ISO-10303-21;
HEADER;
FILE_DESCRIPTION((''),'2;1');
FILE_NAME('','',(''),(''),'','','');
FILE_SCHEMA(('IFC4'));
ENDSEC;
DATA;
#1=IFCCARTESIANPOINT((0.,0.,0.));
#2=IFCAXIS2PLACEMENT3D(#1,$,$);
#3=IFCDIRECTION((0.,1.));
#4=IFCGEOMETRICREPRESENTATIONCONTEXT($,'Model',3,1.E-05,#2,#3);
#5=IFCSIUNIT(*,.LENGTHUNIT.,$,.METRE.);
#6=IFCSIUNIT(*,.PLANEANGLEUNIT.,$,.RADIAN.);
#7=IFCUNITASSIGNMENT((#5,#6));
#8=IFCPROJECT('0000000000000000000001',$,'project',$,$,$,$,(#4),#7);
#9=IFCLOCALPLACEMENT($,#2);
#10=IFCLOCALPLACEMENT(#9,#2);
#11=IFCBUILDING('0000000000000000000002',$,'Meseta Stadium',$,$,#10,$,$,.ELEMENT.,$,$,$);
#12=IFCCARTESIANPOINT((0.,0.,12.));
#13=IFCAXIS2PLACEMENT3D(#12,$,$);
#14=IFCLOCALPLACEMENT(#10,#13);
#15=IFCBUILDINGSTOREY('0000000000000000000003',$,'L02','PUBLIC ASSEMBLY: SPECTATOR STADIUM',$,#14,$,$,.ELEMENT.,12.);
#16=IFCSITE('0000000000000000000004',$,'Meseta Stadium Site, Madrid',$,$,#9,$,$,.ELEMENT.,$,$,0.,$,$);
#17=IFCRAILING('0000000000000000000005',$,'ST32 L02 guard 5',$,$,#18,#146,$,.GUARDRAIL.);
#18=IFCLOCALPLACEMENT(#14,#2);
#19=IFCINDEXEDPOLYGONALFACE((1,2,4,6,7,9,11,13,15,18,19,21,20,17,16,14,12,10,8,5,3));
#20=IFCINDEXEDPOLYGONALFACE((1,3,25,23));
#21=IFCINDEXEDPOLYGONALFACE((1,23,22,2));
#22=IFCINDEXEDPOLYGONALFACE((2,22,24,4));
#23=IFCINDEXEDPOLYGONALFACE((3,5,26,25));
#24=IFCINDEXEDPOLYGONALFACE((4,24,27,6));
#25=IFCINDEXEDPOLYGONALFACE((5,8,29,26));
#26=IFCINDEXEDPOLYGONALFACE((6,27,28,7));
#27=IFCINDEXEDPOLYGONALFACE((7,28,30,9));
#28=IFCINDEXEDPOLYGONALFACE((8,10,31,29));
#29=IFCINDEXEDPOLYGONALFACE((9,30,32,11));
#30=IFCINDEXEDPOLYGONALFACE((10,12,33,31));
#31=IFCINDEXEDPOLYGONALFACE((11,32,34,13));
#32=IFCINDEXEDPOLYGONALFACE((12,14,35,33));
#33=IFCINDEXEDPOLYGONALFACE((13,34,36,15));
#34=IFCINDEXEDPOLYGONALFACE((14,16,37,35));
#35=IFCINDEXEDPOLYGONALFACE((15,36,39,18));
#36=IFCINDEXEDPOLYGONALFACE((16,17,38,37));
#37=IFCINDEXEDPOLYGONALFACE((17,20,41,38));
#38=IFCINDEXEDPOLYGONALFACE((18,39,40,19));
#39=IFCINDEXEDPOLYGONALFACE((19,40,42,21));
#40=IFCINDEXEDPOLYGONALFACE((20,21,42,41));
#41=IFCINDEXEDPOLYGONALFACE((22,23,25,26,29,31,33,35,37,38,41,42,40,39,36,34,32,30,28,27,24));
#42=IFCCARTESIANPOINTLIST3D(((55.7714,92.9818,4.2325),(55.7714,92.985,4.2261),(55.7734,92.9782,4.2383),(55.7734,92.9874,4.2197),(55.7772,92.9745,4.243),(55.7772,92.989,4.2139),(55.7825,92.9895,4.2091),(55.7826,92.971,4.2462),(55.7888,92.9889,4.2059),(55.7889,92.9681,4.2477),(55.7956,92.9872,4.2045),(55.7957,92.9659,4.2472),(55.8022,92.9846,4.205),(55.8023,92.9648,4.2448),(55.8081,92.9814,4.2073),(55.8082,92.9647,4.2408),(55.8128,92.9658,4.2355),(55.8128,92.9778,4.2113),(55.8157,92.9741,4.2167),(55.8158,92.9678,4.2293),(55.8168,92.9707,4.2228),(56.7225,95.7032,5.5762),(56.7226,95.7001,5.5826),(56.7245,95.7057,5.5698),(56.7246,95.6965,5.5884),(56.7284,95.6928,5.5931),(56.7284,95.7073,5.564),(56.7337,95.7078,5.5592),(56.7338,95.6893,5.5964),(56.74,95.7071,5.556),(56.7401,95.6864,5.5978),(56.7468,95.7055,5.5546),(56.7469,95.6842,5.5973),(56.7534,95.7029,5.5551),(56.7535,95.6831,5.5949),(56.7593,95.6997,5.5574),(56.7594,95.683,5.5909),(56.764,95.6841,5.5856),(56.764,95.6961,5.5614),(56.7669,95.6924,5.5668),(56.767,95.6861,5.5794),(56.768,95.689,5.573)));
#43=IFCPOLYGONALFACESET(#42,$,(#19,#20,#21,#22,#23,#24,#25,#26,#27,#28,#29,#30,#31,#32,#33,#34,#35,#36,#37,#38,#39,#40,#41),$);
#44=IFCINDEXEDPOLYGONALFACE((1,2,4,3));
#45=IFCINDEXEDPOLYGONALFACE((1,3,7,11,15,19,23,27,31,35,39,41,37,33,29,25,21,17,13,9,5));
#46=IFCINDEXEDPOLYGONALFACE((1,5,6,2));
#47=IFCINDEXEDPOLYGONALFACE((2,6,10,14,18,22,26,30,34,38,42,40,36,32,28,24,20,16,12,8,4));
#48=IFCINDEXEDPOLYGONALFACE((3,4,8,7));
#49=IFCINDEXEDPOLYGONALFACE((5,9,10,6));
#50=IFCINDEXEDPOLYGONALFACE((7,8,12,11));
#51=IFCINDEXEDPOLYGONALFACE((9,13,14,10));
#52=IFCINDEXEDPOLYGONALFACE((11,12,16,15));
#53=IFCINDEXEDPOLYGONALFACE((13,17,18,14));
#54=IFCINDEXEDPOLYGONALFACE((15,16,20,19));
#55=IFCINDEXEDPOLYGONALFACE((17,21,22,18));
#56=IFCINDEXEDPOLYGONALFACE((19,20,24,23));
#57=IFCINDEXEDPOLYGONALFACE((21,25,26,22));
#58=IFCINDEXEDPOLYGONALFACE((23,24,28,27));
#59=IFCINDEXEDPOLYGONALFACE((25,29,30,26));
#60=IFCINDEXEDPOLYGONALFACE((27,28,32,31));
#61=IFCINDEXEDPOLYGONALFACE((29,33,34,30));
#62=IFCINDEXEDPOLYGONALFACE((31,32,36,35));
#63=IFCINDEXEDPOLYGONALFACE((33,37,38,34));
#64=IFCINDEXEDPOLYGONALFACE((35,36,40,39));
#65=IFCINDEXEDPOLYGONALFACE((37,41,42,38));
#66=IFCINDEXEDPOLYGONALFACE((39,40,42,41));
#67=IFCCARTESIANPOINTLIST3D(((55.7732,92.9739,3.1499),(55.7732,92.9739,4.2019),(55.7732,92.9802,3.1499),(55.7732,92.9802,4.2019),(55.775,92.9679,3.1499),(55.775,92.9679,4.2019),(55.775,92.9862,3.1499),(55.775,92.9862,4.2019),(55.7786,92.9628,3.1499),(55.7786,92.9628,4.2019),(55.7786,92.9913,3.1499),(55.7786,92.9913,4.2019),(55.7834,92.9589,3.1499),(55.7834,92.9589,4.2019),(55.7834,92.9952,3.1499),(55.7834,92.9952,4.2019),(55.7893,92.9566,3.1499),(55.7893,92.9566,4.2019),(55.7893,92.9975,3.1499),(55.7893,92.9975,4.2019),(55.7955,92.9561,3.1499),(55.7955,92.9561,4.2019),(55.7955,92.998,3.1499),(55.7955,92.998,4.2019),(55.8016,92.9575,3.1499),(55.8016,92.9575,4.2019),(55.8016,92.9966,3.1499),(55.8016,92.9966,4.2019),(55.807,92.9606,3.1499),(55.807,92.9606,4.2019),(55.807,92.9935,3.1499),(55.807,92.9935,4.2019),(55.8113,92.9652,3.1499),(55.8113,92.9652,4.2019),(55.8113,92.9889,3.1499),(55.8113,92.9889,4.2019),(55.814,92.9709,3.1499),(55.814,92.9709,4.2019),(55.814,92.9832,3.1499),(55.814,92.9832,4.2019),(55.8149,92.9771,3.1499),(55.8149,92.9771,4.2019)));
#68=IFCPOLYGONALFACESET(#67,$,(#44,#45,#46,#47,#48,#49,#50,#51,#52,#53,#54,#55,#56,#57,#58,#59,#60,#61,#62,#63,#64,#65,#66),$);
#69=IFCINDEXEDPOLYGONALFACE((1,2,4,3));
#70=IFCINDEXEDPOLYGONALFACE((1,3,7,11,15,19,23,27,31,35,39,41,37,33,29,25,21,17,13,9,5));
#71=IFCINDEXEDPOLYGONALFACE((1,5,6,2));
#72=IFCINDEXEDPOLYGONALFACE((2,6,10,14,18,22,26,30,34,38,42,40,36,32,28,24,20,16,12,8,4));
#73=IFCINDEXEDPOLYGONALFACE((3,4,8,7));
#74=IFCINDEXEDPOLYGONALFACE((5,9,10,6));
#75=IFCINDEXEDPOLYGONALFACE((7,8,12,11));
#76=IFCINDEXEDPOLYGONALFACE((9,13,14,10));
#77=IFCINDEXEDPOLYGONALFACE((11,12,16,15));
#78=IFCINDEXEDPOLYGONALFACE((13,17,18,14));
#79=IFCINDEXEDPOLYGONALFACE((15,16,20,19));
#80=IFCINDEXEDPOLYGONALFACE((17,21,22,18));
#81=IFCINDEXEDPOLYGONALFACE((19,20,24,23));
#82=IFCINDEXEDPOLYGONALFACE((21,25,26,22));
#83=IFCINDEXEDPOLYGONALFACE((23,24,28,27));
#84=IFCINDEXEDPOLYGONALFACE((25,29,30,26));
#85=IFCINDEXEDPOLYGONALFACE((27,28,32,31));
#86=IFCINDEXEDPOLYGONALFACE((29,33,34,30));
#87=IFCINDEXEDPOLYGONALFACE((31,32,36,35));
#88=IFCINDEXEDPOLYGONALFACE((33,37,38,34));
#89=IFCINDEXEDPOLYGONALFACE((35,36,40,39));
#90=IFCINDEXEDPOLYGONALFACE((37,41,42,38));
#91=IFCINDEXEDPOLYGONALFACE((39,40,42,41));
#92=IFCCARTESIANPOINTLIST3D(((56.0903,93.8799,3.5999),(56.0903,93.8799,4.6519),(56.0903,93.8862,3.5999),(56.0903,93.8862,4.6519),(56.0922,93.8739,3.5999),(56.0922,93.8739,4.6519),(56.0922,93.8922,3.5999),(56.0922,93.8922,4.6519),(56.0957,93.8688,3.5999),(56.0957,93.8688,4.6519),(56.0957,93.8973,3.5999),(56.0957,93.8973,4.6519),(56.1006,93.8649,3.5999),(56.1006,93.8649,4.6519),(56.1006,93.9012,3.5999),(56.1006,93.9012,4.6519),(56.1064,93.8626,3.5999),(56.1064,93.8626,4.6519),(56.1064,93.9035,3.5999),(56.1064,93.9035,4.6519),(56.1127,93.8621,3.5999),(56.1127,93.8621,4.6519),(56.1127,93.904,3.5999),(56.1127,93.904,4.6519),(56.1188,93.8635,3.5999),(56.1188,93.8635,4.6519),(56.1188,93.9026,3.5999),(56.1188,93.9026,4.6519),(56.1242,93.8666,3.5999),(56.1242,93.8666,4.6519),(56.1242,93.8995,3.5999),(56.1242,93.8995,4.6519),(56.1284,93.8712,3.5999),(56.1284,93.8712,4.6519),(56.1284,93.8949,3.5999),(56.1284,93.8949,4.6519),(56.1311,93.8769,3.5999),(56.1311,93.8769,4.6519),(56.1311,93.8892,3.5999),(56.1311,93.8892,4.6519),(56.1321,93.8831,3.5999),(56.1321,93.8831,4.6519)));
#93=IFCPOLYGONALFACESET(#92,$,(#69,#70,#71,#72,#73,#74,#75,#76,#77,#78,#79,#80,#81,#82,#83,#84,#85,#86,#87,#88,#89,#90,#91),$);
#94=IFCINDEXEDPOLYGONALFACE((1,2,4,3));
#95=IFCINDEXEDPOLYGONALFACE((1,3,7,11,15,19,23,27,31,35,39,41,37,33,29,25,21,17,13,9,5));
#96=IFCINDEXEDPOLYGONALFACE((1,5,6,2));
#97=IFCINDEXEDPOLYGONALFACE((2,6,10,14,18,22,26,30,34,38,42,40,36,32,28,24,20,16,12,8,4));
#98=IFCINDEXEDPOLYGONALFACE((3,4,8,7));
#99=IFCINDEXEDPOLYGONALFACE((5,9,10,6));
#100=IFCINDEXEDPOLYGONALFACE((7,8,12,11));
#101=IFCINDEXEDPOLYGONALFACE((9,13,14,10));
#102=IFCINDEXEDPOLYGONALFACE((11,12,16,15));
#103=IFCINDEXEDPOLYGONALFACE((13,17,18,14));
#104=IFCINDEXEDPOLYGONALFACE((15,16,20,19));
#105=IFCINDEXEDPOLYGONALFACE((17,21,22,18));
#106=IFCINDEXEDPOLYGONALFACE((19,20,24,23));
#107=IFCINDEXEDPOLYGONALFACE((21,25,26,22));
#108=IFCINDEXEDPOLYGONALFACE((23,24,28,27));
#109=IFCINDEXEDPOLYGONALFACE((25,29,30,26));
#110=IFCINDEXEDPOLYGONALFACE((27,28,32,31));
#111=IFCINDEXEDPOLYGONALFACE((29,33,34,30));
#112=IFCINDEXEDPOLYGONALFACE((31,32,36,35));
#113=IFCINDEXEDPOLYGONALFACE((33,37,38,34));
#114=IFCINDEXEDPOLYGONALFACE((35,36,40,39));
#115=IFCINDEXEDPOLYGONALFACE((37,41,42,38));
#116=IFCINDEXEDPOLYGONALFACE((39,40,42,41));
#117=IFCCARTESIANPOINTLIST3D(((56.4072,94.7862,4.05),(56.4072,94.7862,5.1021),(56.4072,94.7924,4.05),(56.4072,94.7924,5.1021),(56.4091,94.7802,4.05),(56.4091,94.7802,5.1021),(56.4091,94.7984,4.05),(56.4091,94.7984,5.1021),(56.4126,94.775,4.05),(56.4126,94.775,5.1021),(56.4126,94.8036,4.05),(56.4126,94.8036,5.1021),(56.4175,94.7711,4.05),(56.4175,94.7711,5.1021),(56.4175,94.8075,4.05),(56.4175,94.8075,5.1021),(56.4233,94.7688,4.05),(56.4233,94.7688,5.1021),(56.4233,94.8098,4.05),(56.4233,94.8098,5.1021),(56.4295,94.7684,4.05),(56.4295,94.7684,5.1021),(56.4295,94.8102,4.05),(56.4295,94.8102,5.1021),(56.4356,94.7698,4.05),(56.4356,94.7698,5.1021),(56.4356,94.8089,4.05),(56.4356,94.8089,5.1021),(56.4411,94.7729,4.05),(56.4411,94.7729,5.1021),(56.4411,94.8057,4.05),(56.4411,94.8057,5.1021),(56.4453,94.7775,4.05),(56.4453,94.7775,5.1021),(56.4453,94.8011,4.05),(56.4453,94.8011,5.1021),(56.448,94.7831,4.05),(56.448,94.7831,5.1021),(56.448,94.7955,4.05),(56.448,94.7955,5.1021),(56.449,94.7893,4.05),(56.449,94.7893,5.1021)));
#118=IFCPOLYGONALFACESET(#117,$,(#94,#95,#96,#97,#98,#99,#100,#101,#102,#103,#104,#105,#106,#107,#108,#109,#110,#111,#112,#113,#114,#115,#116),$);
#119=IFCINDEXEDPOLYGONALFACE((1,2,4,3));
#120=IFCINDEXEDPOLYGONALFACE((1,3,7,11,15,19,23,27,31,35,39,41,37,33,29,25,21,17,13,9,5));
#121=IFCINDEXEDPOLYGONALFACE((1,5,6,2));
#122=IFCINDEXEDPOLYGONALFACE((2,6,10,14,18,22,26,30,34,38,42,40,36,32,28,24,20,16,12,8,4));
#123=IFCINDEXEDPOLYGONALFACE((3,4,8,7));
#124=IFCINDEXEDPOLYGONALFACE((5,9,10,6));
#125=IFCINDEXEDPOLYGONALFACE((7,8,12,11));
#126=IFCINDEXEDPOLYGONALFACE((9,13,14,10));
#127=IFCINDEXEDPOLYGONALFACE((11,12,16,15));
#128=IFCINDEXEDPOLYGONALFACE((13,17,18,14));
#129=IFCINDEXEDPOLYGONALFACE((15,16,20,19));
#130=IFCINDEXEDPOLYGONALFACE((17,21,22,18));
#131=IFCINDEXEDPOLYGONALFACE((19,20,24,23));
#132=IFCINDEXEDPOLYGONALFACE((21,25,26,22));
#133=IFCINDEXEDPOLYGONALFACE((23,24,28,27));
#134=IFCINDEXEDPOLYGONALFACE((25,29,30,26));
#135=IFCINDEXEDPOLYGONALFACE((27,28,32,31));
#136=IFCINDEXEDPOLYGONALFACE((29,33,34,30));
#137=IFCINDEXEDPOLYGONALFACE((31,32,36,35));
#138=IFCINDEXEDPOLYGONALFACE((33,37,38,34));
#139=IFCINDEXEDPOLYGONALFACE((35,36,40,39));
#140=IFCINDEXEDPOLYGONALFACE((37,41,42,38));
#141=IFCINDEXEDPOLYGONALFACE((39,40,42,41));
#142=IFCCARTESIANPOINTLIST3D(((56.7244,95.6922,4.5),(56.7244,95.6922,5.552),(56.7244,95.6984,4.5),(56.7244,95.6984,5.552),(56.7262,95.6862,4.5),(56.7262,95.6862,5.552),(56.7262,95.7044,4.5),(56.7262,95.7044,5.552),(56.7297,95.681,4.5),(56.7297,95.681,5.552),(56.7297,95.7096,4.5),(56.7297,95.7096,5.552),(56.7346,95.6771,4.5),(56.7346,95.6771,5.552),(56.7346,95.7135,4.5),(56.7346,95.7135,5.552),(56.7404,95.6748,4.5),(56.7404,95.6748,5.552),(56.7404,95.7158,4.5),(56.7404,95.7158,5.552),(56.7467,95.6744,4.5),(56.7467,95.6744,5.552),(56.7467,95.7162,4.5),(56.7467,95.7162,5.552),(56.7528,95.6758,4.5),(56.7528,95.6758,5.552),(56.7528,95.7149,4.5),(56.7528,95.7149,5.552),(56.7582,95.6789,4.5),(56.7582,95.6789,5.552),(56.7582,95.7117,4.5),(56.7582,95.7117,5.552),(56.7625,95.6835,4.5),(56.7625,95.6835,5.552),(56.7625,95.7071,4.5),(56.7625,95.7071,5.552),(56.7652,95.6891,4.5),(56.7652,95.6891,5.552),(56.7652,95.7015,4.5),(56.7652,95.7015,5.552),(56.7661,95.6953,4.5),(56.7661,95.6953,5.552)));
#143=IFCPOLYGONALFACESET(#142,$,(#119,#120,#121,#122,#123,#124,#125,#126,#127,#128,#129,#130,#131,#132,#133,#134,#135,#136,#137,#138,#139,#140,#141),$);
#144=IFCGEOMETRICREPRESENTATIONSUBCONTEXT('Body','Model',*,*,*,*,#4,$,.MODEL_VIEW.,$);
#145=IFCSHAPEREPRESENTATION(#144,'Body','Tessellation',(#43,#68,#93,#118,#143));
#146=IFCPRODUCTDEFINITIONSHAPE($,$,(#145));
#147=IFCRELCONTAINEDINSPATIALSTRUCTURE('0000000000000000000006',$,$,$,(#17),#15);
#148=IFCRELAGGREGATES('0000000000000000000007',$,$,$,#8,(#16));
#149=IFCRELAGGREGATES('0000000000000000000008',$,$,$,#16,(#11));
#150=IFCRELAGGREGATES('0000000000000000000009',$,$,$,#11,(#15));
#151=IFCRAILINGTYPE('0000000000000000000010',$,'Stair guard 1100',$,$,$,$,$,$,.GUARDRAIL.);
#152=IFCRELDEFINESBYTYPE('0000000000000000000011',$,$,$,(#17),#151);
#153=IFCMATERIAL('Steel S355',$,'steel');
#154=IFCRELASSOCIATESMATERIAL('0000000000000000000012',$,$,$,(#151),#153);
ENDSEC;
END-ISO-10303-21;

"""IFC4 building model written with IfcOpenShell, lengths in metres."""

from ifc_helpers import new_model, si_unit, direction, frame, origin, origin_2d, place, context, subcontext, project, spatial, circle, extrude, material, type_object, element, save


model = new_model("IFC4")

# Units and contexts
model_context = context("Model", 3, precision=1e-05, world=origin(), true_north=direction((0.0, 1.0)))
body_context = subcontext(model_context, "Body", "Model", "MODEL_VIEW")
ifc_project = project(units=[si_unit("LENGTHUNIT", "METRE"), si_unit("PLANEANGLEUNIT", "RADIAN")], contexts=[model_context])

# Site, building, storey
site_placement = place(None, origin())
site = spatial("IfcSite", under=ifc_project, at=site_placement, Name="Meseta Stadium Site, Madrid", CompositionType="ELEMENT", RefElevation=0.0)
building_placement = place(site_placement, origin())
building = spatial("IfcBuilding", under=site, at=building_placement, Name="Meseta Stadium", CompositionType="ELEMENT")
storey_placement = place(building_placement, frame((0.0, 0.0, 12.0)))
storey = spatial("IfcBuildingStorey", under=building, at=storey_placement, Name="L02", Description="PUBLIC ASSEMBLY: SPECTATOR STADIUM", CompositionType="ELEMENT", Elevation=12.0)

# Railing
ifc_material_1 = material(Name="Steel S355", Category="steel")
railing_type_1 = type_object("IfcRailingType", Name="Stair guard 1100", PredefinedType="GUARDRAIL", material=ifc_material_1)
railing_1_placement = place(storey_placement, frame((55.7939, 92.9771, 3.1499)))
element("IfcRailing", 1, at=railing_1_placement, inside=storey, type_object=railing_type_1, Name="ST32 L02 guard 5", PredefinedType="GUARDRAIL", context=body_context, shape_type="SweptSolid", body=[
    extrude(circle(Radius=0.0239, at=origin_2d()), frame((0.0, 0.0, 1.0762), z_axis=(0.299051, 0.854629, 0.424474), x_axis=(-0.943882, 0.330282, 0.0)), (0.0, 0.0, 1.0), 3.1807),
    extrude(circle(Radius=0.021, at=origin_2d()), origin(), (0.0, 0.0, 1.0), 1.052),
    extrude(circle(Radius=0.021, at=origin_2d()), frame((0.3171, 0.906, 0.45)), (0.0, 0.0, 1.0), 1.052),
    extrude(circle(Radius=0.021, at=origin_2d()), frame((0.634, 1.8123, 0.9001)), (0.0, 0.0, 1.0), 1.052),
    extrude(circle(Radius=0.021, at=origin_2d()), frame((0.9512, 2.7183, 1.3501)), (0.0, 0.0, 1.0), 1.052),
])

save(model, "model.ifc")
